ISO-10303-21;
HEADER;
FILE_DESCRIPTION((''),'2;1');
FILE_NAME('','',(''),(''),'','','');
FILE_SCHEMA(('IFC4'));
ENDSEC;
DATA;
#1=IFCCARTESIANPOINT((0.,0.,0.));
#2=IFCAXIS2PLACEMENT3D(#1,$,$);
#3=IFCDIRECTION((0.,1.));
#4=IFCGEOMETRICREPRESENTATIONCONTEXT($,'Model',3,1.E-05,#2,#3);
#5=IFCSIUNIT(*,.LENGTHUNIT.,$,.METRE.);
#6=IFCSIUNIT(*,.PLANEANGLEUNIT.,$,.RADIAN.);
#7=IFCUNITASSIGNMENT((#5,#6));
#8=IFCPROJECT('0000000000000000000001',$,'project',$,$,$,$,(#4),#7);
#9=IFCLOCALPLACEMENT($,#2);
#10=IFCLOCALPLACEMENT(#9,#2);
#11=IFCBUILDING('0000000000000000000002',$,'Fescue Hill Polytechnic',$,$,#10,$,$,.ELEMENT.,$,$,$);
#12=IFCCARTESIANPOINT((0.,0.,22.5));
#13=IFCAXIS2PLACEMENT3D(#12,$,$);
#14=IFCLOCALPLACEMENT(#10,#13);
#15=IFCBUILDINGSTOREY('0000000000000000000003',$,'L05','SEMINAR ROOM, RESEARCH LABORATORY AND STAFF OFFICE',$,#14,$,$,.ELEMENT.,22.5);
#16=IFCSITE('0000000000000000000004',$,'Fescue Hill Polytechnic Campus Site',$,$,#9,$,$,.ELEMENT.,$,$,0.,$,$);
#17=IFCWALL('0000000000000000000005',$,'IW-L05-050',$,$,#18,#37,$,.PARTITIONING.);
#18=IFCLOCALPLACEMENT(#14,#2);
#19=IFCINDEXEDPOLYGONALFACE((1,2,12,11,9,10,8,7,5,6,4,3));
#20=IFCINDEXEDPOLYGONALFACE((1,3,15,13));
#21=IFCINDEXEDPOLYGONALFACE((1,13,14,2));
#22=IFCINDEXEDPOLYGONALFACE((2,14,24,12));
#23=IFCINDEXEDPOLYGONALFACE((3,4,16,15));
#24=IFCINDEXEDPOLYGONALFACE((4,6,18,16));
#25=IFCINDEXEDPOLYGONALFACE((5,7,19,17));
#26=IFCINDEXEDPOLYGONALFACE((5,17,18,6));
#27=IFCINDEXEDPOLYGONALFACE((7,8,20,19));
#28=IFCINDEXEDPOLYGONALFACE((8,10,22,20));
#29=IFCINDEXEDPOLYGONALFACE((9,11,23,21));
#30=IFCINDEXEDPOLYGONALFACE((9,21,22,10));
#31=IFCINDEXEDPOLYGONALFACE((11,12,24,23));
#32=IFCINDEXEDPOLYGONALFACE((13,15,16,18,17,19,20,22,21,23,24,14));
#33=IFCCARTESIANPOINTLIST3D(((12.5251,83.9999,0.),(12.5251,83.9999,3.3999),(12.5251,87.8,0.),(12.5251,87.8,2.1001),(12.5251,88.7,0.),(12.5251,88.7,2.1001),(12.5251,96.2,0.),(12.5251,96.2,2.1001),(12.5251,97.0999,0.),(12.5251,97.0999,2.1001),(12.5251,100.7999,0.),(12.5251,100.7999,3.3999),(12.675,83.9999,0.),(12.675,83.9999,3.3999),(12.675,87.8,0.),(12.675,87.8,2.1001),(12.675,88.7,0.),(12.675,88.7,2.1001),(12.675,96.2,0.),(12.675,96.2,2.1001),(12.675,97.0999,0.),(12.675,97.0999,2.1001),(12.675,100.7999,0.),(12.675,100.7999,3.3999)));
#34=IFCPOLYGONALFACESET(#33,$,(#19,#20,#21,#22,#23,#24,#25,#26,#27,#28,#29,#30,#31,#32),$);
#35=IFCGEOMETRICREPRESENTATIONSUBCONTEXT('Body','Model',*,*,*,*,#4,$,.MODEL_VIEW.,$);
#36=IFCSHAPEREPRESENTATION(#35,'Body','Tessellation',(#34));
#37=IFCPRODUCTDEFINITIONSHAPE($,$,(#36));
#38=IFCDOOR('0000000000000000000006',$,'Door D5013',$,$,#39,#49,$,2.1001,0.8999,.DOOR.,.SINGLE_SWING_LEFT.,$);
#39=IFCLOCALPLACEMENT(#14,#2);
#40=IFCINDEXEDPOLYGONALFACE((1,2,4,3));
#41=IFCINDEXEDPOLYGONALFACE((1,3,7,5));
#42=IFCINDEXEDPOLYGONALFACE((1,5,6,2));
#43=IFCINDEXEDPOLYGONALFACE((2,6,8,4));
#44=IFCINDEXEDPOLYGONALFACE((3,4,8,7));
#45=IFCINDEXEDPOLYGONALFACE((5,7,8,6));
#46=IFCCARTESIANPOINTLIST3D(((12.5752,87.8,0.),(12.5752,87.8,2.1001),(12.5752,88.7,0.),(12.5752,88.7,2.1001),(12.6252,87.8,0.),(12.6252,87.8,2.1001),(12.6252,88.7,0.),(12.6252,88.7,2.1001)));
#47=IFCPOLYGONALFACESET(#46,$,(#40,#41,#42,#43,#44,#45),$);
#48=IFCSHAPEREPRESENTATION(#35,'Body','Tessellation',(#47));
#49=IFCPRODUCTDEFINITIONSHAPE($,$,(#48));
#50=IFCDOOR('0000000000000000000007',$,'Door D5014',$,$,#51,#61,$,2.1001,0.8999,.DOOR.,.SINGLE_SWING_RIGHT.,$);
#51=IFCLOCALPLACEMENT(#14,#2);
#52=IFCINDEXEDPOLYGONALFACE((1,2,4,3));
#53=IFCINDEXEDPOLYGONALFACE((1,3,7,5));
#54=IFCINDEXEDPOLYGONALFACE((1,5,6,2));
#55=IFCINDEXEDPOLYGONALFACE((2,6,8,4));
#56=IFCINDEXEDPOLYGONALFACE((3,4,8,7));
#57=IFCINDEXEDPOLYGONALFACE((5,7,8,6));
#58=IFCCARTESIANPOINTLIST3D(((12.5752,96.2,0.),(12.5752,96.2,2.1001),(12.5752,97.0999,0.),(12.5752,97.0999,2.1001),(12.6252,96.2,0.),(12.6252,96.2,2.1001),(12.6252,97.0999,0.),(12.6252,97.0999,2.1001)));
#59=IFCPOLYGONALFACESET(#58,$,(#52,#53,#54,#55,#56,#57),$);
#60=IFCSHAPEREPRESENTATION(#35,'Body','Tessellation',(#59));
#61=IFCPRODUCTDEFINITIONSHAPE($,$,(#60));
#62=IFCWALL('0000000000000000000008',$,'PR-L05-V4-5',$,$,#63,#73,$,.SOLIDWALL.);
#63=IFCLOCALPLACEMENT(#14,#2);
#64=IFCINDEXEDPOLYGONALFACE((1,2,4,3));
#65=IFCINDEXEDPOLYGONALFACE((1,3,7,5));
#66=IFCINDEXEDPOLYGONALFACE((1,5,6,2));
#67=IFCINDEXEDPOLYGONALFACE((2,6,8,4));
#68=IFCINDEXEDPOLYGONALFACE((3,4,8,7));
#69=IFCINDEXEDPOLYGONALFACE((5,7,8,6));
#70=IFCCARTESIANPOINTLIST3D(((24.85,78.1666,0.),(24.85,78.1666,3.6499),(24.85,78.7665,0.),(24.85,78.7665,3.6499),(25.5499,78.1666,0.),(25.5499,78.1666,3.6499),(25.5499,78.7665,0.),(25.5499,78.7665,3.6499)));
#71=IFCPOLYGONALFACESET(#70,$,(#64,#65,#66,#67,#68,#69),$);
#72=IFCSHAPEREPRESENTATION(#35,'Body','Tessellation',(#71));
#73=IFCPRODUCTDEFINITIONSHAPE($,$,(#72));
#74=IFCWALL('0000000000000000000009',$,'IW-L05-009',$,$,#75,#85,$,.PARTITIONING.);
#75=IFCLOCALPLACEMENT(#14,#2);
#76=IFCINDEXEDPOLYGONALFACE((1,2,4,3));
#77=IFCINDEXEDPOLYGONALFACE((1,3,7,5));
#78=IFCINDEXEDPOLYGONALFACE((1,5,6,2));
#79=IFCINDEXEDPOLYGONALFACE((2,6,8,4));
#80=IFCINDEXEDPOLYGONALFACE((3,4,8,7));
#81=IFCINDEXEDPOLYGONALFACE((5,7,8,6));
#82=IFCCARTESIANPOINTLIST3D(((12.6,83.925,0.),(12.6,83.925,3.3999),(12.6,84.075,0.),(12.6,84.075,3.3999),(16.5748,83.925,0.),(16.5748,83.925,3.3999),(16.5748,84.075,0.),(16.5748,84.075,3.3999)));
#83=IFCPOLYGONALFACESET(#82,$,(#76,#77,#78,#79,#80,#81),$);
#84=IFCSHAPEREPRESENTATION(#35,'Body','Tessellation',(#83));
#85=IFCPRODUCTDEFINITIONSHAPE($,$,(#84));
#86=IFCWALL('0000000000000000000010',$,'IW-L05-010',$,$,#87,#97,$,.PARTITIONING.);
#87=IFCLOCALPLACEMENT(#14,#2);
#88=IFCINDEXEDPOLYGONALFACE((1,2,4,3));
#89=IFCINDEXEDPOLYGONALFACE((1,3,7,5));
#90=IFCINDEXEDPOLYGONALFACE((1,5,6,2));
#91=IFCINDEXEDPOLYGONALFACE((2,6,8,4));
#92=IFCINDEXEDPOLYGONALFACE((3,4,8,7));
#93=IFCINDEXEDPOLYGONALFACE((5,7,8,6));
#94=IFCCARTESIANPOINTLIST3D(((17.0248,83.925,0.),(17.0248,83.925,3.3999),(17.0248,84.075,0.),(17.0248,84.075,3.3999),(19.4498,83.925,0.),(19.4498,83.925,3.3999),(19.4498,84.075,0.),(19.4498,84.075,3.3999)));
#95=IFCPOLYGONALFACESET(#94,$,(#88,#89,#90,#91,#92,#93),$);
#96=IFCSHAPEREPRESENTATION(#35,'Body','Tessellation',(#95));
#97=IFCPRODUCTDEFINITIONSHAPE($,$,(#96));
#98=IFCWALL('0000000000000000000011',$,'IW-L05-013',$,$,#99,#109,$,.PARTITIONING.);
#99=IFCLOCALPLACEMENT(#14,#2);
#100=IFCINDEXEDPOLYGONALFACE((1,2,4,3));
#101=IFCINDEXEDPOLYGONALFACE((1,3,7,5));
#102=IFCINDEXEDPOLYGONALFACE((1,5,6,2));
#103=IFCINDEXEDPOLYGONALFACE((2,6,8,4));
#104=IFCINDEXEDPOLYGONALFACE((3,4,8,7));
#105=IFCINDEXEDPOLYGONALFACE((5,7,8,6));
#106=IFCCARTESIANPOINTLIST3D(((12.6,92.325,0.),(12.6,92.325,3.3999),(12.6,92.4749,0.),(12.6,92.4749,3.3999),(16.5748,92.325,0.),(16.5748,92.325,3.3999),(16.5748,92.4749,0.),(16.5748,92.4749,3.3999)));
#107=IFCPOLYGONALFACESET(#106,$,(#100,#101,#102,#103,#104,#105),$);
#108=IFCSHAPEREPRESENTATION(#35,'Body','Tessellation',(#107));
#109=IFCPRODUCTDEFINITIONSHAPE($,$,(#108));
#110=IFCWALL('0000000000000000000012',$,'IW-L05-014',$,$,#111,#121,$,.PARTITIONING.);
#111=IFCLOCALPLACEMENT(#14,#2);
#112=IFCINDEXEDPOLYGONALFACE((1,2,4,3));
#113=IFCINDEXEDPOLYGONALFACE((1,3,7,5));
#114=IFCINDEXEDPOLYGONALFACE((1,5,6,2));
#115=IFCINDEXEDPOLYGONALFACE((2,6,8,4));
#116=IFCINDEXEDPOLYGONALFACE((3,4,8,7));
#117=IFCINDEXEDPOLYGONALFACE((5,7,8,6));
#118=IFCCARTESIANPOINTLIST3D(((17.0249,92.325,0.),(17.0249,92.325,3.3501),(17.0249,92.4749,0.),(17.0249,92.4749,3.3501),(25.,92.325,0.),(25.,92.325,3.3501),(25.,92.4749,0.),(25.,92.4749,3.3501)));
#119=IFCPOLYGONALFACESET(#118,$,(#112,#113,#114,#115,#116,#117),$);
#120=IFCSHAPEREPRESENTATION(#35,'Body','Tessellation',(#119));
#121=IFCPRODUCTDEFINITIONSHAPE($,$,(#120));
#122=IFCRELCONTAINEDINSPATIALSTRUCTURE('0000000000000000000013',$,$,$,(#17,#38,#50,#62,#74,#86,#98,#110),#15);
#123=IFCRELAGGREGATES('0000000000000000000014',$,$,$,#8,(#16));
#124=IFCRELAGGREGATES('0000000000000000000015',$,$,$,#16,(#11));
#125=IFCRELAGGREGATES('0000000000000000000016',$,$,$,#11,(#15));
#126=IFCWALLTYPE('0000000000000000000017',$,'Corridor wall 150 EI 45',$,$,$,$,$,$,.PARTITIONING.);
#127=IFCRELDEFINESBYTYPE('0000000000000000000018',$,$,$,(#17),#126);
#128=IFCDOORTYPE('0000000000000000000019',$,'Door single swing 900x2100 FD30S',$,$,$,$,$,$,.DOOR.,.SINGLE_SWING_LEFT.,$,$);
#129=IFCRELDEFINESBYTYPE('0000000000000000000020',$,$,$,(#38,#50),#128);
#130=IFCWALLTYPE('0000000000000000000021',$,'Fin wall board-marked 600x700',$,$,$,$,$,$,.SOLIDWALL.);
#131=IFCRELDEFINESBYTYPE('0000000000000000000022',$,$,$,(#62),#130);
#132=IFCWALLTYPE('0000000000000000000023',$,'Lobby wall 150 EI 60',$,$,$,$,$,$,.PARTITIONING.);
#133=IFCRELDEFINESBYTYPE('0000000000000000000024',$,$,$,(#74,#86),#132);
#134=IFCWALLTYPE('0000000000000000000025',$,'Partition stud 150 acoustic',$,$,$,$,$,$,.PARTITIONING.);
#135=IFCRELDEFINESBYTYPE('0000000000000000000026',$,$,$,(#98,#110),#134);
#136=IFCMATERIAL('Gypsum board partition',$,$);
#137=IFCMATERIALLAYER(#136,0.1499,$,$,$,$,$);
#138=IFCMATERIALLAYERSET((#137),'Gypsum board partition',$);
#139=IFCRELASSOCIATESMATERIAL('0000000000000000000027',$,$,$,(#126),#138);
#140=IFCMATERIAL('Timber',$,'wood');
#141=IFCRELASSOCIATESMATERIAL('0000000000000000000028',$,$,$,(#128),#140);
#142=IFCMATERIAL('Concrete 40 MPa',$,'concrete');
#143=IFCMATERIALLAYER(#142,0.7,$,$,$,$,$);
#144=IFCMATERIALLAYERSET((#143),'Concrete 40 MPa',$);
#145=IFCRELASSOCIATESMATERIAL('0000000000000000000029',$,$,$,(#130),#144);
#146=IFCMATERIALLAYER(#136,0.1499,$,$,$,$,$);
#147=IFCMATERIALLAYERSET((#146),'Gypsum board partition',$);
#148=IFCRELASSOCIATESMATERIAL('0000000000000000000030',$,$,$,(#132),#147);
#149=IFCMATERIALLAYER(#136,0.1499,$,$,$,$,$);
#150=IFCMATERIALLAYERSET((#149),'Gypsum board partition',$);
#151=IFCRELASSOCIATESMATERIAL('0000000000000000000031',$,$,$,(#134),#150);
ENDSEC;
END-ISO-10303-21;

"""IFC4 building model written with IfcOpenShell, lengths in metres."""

from ifc_helpers import new_model, si_unit, direction, frame, frame_2d, origin, place, context, subcontext, project, spatial, rectangle, extrude, material, layer, layer_set, type_object, element, fill, save


model = new_model("IFC4")

# Units and contexts
model_context = context("Model", 3, precision=1e-05, world=origin(), true_north=direction((0.0, 1.0)))
body_context = subcontext(model_context, "Body", "Model", "MODEL_VIEW")
ifc_project = project(units=[si_unit("LENGTHUNIT", "METRE"), si_unit("PLANEANGLEUNIT", "RADIAN")], contexts=[model_context])

# Site, building, storey
site_placement = place(None, origin())
site = spatial("IfcSite", under=ifc_project, at=site_placement, Name="Fescue Hill Polytechnic Campus Site", CompositionType="ELEMENT", RefElevation=0.0)
building_placement = place(site_placement, origin())
building = spatial("IfcBuilding", under=site, at=building_placement, Name="Fescue Hill Polytechnic", CompositionType="ELEMENT")
storey_placement = place(building_placement, frame((0.0, 0.0, 22.5)))
storey = spatial("IfcBuildingStorey", under=building, at=storey_placement, Name="L05", Description="SEMINAR ROOM, RESEARCH LABORATORY AND STAFF OFFICE", CompositionType="ELEMENT", Elevation=22.5)

# Shared definitions
ifc_material_1 = material(Name="Concrete 40 MPa", Category="concrete")

# Wall, openings, doors
ifc_material_2 = material(Name="Gypsum board partition")
ifc_layer_1 = layer(ifc_material_2, 0.1499)
ifc_layer_set_1 = layer_set([ifc_layer_1], Name="Gypsum board partition")
wall_type_1 = type_object("IfcWallType", Name="Corridor wall 150 EI 45", PredefinedType="PARTITIONING", material=ifc_layer_set_1)
wall_1_placement = place(storey_placement, frame((12.6001, 84.0, 0.0), z_axis=(0.0, 0.0, 1.0), x_axis=(0.0, 1.0, 0.0)))
wall_1 = element("IfcWall", 1, at=wall_1_placement, inside=storey, type_object=wall_type_1, Name="IW-L05-050", PredefinedType="PARTITIONING", context=body_context, shape_type="SweptSolid", body=[
    extrude(rectangle(XDim=16.8, YDim=0.1499, at=frame_2d((8.3999, 0.0))), origin(), (0.0, 0.0, 1.0), 3.3999),
])
opening_1_placement = place(wall_1_placement, frame((3.8, 0.0, 0.0)))
opening_1 = element("IfcOpeningElement", 2, at=opening_1_placement, cuts=wall_1, PredefinedType="OPENING", context=body_context, shape_type="SweptSolid", body=[
    extrude(rectangle(XDim=0.8999, YDim=2.1001, at=frame_2d((0.45, 1.05))), frame((0.0, 0.085, 0.0), z_axis=(0.0, -1.0, 0.0), x_axis=(1.0, 0.0, 0.0)), (0.0, 0.0, 1.0), 0.1699),
])
opening_2_placement = place(wall_1_placement, frame((12.2, 0.0, 0.0)))
opening_2 = element("IfcOpeningElement", 3, at=opening_2_placement, cuts=wall_1, PredefinedType="OPENING", context=body_context, shape_type="SweptSolid", body=[
    extrude(rectangle(XDim=0.8999, YDim=2.1001, at=frame_2d((0.45, 1.05))), frame((0.0, 0.085, 0.0), z_axis=(0.0, -1.0, 0.0), x_axis=(1.0, 0.0, 0.0)), (0.0, 0.0, 1.0), 0.1699),
])
ifc_material_3 = material(Name="Timber", Category="wood")
door_type_1 = type_object("IfcDoorType", Name="Door single swing 900x2100 FD30S", OperationType="SINGLE_SWING_LEFT", PredefinedType="DOOR", material=ifc_material_3)
door_1_placement = place(opening_1_placement, origin())
door_1 = element("IfcDoor", 4, at=door_1_placement, inside=storey, type_object=door_type_1, Name="Door D5013", OperationType="SINGLE_SWING_LEFT", OverallHeight=2.1001, OverallWidth=0.8999, PredefinedType="DOOR", context=body_context, shape_type="SweptSolid", body=[
    extrude(rectangle(XDim=0.8999, YDim=2.1001, at=frame_2d((0.45, 1.05))), frame((0.0, 0.0249, 0.0), z_axis=(0.0, -1.0, 0.0), x_axis=(1.0, 0.0, 0.0)), (0.0, 0.0, 1.0), 0.05),
])
fill(opening_1, door_1)
door_2_placement = place(opening_2_placement, origin())
door_2 = element("IfcDoor", 5, at=door_2_placement, inside=storey, type_object=door_type_1, Name="Door D5014", OperationType="SINGLE_SWING_RIGHT", OverallHeight=2.1001, OverallWidth=0.8999, PredefinedType="DOOR", context=body_context, shape_type="SweptSolid", body=[
    extrude(rectangle(XDim=0.8999, YDim=2.1001, at=frame_2d((0.45, 1.05))), frame((0.0, 0.0249, 0.0), z_axis=(0.0, -1.0, 0.0), x_axis=(1.0, 0.0, 0.0)), (0.0, 0.0, 1.0), 0.05),
])
fill(opening_2, door_2)

# Walls
ifc_layer_2 = layer(ifc_material_1, 0.7)
ifc_layer_set_2 = layer_set([ifc_layer_2], Name="Concrete 40 MPa")
wall_type_2 = type_object("IfcWallType", Name="Fin wall board-marked 600x700", PredefinedType="SOLIDWALL", material=ifc_layer_set_2)
wall_2_placement = place(storey_placement, frame((25.2, 78.1667, 0.0), z_axis=(0.0, 0.0, 1.0), x_axis=(0.0, 1.0, 0.0)))
element("IfcWall", 6, at=wall_2_placement, inside=storey, type_object=wall_type_2, Name="PR-L05-V4-5", PredefinedType="SOLIDWALL", context=body_context, shape_type="SweptSolid", body=[
    extrude(rectangle(XDim=0.5999, YDim=0.7, at=frame_2d((0.2998, 0.0))), origin(), (0.0, 0.0, 1.0), 3.6499),
])
ifc_layer_3 = layer(ifc_material_2, 0.1499)
ifc_layer_set_3 = layer_set([ifc_layer_3], Name="Gypsum board partition")
wall_type_3 = type_object("IfcWallType", Name="Lobby wall 150 EI 60", PredefinedType="PARTITIONING", material=ifc_layer_set_3)
wall_3_placement = place(storey_placement, frame((12.6001, 84.0, 0.0), z_axis=(0.0, 0.0, 1.0), x_axis=(1.0, 0.0, 0.0)))
element("IfcWall", 7, at=wall_3_placement, inside=storey, type_object=wall_type_3, Name="IW-L05-009", PredefinedType="PARTITIONING", context=body_context, shape_type="SweptSolid", body=[
    extrude(rectangle(XDim=3.9749, YDim=0.1499, at=frame_2d((1.9873, 0.0))), origin(), (0.0, 0.0, 1.0), 3.3999),
])
wall_4_placement = place(storey_placement, frame((17.0249, 84.0, 0.0), z_axis=(0.0, 0.0, 1.0), x_axis=(1.0, 0.0, 0.0)))
element("IfcWall", 8, at=wall_4_placement, inside=storey, type_object=wall_type_3, Name="IW-L05-010", PredefinedType="PARTITIONING", context=body_context, shape_type="SweptSolid", body=[
    extrude(rectangle(XDim=2.425, YDim=0.1499, at=frame_2d((1.2124, 0.0))), origin(), (0.0, 0.0, 1.0), 3.3999),
])
ifc_layer_4 = layer(ifc_material_2, 0.1499)
ifc_layer_set_4 = layer_set([ifc_layer_4], Name="Gypsum board partition")
wall_type_4 = type_object("IfcWallType", Name="Partition stud 150 acoustic", PredefinedType="PARTITIONING", material=ifc_layer_set_4)
wall_5_placement = place(storey_placement, frame((12.6001, 92.3999, 0.0), z_axis=(0.0, 0.0, 1.0), x_axis=(1.0, 0.0, 0.0)))
element("IfcWall", 9, at=wall_5_placement, inside=storey, type_object=wall_type_4, Name="IW-L05-013", PredefinedType="PARTITIONING", context=body_context, shape_type="SweptSolid", body=[
    extrude(rectangle(XDim=3.9749, YDim=0.1499, at=frame_2d((1.9873, 0.0))), origin(), (0.0, 0.0, 1.0), 3.3999),
])
wall_6_placement = place(storey_placement, frame((17.0249, 92.3999, 0.0), z_axis=(0.0, 0.0, 1.0), x_axis=(1.0, 0.0, 0.0)))
element("IfcWall", 10, at=wall_6_placement, inside=storey, type_object=wall_type_4, Name="IW-L05-014", PredefinedType="PARTITIONING", context=body_context, shape_type="SweptSolid", body=[
    extrude(rectangle(XDim=7.9751, YDim=0.1499, at=frame_2d((3.9875, 0.0))), origin(), (0.0, 0.0, 1.0), 3.3501),
])

save(model, "model.ifc")
